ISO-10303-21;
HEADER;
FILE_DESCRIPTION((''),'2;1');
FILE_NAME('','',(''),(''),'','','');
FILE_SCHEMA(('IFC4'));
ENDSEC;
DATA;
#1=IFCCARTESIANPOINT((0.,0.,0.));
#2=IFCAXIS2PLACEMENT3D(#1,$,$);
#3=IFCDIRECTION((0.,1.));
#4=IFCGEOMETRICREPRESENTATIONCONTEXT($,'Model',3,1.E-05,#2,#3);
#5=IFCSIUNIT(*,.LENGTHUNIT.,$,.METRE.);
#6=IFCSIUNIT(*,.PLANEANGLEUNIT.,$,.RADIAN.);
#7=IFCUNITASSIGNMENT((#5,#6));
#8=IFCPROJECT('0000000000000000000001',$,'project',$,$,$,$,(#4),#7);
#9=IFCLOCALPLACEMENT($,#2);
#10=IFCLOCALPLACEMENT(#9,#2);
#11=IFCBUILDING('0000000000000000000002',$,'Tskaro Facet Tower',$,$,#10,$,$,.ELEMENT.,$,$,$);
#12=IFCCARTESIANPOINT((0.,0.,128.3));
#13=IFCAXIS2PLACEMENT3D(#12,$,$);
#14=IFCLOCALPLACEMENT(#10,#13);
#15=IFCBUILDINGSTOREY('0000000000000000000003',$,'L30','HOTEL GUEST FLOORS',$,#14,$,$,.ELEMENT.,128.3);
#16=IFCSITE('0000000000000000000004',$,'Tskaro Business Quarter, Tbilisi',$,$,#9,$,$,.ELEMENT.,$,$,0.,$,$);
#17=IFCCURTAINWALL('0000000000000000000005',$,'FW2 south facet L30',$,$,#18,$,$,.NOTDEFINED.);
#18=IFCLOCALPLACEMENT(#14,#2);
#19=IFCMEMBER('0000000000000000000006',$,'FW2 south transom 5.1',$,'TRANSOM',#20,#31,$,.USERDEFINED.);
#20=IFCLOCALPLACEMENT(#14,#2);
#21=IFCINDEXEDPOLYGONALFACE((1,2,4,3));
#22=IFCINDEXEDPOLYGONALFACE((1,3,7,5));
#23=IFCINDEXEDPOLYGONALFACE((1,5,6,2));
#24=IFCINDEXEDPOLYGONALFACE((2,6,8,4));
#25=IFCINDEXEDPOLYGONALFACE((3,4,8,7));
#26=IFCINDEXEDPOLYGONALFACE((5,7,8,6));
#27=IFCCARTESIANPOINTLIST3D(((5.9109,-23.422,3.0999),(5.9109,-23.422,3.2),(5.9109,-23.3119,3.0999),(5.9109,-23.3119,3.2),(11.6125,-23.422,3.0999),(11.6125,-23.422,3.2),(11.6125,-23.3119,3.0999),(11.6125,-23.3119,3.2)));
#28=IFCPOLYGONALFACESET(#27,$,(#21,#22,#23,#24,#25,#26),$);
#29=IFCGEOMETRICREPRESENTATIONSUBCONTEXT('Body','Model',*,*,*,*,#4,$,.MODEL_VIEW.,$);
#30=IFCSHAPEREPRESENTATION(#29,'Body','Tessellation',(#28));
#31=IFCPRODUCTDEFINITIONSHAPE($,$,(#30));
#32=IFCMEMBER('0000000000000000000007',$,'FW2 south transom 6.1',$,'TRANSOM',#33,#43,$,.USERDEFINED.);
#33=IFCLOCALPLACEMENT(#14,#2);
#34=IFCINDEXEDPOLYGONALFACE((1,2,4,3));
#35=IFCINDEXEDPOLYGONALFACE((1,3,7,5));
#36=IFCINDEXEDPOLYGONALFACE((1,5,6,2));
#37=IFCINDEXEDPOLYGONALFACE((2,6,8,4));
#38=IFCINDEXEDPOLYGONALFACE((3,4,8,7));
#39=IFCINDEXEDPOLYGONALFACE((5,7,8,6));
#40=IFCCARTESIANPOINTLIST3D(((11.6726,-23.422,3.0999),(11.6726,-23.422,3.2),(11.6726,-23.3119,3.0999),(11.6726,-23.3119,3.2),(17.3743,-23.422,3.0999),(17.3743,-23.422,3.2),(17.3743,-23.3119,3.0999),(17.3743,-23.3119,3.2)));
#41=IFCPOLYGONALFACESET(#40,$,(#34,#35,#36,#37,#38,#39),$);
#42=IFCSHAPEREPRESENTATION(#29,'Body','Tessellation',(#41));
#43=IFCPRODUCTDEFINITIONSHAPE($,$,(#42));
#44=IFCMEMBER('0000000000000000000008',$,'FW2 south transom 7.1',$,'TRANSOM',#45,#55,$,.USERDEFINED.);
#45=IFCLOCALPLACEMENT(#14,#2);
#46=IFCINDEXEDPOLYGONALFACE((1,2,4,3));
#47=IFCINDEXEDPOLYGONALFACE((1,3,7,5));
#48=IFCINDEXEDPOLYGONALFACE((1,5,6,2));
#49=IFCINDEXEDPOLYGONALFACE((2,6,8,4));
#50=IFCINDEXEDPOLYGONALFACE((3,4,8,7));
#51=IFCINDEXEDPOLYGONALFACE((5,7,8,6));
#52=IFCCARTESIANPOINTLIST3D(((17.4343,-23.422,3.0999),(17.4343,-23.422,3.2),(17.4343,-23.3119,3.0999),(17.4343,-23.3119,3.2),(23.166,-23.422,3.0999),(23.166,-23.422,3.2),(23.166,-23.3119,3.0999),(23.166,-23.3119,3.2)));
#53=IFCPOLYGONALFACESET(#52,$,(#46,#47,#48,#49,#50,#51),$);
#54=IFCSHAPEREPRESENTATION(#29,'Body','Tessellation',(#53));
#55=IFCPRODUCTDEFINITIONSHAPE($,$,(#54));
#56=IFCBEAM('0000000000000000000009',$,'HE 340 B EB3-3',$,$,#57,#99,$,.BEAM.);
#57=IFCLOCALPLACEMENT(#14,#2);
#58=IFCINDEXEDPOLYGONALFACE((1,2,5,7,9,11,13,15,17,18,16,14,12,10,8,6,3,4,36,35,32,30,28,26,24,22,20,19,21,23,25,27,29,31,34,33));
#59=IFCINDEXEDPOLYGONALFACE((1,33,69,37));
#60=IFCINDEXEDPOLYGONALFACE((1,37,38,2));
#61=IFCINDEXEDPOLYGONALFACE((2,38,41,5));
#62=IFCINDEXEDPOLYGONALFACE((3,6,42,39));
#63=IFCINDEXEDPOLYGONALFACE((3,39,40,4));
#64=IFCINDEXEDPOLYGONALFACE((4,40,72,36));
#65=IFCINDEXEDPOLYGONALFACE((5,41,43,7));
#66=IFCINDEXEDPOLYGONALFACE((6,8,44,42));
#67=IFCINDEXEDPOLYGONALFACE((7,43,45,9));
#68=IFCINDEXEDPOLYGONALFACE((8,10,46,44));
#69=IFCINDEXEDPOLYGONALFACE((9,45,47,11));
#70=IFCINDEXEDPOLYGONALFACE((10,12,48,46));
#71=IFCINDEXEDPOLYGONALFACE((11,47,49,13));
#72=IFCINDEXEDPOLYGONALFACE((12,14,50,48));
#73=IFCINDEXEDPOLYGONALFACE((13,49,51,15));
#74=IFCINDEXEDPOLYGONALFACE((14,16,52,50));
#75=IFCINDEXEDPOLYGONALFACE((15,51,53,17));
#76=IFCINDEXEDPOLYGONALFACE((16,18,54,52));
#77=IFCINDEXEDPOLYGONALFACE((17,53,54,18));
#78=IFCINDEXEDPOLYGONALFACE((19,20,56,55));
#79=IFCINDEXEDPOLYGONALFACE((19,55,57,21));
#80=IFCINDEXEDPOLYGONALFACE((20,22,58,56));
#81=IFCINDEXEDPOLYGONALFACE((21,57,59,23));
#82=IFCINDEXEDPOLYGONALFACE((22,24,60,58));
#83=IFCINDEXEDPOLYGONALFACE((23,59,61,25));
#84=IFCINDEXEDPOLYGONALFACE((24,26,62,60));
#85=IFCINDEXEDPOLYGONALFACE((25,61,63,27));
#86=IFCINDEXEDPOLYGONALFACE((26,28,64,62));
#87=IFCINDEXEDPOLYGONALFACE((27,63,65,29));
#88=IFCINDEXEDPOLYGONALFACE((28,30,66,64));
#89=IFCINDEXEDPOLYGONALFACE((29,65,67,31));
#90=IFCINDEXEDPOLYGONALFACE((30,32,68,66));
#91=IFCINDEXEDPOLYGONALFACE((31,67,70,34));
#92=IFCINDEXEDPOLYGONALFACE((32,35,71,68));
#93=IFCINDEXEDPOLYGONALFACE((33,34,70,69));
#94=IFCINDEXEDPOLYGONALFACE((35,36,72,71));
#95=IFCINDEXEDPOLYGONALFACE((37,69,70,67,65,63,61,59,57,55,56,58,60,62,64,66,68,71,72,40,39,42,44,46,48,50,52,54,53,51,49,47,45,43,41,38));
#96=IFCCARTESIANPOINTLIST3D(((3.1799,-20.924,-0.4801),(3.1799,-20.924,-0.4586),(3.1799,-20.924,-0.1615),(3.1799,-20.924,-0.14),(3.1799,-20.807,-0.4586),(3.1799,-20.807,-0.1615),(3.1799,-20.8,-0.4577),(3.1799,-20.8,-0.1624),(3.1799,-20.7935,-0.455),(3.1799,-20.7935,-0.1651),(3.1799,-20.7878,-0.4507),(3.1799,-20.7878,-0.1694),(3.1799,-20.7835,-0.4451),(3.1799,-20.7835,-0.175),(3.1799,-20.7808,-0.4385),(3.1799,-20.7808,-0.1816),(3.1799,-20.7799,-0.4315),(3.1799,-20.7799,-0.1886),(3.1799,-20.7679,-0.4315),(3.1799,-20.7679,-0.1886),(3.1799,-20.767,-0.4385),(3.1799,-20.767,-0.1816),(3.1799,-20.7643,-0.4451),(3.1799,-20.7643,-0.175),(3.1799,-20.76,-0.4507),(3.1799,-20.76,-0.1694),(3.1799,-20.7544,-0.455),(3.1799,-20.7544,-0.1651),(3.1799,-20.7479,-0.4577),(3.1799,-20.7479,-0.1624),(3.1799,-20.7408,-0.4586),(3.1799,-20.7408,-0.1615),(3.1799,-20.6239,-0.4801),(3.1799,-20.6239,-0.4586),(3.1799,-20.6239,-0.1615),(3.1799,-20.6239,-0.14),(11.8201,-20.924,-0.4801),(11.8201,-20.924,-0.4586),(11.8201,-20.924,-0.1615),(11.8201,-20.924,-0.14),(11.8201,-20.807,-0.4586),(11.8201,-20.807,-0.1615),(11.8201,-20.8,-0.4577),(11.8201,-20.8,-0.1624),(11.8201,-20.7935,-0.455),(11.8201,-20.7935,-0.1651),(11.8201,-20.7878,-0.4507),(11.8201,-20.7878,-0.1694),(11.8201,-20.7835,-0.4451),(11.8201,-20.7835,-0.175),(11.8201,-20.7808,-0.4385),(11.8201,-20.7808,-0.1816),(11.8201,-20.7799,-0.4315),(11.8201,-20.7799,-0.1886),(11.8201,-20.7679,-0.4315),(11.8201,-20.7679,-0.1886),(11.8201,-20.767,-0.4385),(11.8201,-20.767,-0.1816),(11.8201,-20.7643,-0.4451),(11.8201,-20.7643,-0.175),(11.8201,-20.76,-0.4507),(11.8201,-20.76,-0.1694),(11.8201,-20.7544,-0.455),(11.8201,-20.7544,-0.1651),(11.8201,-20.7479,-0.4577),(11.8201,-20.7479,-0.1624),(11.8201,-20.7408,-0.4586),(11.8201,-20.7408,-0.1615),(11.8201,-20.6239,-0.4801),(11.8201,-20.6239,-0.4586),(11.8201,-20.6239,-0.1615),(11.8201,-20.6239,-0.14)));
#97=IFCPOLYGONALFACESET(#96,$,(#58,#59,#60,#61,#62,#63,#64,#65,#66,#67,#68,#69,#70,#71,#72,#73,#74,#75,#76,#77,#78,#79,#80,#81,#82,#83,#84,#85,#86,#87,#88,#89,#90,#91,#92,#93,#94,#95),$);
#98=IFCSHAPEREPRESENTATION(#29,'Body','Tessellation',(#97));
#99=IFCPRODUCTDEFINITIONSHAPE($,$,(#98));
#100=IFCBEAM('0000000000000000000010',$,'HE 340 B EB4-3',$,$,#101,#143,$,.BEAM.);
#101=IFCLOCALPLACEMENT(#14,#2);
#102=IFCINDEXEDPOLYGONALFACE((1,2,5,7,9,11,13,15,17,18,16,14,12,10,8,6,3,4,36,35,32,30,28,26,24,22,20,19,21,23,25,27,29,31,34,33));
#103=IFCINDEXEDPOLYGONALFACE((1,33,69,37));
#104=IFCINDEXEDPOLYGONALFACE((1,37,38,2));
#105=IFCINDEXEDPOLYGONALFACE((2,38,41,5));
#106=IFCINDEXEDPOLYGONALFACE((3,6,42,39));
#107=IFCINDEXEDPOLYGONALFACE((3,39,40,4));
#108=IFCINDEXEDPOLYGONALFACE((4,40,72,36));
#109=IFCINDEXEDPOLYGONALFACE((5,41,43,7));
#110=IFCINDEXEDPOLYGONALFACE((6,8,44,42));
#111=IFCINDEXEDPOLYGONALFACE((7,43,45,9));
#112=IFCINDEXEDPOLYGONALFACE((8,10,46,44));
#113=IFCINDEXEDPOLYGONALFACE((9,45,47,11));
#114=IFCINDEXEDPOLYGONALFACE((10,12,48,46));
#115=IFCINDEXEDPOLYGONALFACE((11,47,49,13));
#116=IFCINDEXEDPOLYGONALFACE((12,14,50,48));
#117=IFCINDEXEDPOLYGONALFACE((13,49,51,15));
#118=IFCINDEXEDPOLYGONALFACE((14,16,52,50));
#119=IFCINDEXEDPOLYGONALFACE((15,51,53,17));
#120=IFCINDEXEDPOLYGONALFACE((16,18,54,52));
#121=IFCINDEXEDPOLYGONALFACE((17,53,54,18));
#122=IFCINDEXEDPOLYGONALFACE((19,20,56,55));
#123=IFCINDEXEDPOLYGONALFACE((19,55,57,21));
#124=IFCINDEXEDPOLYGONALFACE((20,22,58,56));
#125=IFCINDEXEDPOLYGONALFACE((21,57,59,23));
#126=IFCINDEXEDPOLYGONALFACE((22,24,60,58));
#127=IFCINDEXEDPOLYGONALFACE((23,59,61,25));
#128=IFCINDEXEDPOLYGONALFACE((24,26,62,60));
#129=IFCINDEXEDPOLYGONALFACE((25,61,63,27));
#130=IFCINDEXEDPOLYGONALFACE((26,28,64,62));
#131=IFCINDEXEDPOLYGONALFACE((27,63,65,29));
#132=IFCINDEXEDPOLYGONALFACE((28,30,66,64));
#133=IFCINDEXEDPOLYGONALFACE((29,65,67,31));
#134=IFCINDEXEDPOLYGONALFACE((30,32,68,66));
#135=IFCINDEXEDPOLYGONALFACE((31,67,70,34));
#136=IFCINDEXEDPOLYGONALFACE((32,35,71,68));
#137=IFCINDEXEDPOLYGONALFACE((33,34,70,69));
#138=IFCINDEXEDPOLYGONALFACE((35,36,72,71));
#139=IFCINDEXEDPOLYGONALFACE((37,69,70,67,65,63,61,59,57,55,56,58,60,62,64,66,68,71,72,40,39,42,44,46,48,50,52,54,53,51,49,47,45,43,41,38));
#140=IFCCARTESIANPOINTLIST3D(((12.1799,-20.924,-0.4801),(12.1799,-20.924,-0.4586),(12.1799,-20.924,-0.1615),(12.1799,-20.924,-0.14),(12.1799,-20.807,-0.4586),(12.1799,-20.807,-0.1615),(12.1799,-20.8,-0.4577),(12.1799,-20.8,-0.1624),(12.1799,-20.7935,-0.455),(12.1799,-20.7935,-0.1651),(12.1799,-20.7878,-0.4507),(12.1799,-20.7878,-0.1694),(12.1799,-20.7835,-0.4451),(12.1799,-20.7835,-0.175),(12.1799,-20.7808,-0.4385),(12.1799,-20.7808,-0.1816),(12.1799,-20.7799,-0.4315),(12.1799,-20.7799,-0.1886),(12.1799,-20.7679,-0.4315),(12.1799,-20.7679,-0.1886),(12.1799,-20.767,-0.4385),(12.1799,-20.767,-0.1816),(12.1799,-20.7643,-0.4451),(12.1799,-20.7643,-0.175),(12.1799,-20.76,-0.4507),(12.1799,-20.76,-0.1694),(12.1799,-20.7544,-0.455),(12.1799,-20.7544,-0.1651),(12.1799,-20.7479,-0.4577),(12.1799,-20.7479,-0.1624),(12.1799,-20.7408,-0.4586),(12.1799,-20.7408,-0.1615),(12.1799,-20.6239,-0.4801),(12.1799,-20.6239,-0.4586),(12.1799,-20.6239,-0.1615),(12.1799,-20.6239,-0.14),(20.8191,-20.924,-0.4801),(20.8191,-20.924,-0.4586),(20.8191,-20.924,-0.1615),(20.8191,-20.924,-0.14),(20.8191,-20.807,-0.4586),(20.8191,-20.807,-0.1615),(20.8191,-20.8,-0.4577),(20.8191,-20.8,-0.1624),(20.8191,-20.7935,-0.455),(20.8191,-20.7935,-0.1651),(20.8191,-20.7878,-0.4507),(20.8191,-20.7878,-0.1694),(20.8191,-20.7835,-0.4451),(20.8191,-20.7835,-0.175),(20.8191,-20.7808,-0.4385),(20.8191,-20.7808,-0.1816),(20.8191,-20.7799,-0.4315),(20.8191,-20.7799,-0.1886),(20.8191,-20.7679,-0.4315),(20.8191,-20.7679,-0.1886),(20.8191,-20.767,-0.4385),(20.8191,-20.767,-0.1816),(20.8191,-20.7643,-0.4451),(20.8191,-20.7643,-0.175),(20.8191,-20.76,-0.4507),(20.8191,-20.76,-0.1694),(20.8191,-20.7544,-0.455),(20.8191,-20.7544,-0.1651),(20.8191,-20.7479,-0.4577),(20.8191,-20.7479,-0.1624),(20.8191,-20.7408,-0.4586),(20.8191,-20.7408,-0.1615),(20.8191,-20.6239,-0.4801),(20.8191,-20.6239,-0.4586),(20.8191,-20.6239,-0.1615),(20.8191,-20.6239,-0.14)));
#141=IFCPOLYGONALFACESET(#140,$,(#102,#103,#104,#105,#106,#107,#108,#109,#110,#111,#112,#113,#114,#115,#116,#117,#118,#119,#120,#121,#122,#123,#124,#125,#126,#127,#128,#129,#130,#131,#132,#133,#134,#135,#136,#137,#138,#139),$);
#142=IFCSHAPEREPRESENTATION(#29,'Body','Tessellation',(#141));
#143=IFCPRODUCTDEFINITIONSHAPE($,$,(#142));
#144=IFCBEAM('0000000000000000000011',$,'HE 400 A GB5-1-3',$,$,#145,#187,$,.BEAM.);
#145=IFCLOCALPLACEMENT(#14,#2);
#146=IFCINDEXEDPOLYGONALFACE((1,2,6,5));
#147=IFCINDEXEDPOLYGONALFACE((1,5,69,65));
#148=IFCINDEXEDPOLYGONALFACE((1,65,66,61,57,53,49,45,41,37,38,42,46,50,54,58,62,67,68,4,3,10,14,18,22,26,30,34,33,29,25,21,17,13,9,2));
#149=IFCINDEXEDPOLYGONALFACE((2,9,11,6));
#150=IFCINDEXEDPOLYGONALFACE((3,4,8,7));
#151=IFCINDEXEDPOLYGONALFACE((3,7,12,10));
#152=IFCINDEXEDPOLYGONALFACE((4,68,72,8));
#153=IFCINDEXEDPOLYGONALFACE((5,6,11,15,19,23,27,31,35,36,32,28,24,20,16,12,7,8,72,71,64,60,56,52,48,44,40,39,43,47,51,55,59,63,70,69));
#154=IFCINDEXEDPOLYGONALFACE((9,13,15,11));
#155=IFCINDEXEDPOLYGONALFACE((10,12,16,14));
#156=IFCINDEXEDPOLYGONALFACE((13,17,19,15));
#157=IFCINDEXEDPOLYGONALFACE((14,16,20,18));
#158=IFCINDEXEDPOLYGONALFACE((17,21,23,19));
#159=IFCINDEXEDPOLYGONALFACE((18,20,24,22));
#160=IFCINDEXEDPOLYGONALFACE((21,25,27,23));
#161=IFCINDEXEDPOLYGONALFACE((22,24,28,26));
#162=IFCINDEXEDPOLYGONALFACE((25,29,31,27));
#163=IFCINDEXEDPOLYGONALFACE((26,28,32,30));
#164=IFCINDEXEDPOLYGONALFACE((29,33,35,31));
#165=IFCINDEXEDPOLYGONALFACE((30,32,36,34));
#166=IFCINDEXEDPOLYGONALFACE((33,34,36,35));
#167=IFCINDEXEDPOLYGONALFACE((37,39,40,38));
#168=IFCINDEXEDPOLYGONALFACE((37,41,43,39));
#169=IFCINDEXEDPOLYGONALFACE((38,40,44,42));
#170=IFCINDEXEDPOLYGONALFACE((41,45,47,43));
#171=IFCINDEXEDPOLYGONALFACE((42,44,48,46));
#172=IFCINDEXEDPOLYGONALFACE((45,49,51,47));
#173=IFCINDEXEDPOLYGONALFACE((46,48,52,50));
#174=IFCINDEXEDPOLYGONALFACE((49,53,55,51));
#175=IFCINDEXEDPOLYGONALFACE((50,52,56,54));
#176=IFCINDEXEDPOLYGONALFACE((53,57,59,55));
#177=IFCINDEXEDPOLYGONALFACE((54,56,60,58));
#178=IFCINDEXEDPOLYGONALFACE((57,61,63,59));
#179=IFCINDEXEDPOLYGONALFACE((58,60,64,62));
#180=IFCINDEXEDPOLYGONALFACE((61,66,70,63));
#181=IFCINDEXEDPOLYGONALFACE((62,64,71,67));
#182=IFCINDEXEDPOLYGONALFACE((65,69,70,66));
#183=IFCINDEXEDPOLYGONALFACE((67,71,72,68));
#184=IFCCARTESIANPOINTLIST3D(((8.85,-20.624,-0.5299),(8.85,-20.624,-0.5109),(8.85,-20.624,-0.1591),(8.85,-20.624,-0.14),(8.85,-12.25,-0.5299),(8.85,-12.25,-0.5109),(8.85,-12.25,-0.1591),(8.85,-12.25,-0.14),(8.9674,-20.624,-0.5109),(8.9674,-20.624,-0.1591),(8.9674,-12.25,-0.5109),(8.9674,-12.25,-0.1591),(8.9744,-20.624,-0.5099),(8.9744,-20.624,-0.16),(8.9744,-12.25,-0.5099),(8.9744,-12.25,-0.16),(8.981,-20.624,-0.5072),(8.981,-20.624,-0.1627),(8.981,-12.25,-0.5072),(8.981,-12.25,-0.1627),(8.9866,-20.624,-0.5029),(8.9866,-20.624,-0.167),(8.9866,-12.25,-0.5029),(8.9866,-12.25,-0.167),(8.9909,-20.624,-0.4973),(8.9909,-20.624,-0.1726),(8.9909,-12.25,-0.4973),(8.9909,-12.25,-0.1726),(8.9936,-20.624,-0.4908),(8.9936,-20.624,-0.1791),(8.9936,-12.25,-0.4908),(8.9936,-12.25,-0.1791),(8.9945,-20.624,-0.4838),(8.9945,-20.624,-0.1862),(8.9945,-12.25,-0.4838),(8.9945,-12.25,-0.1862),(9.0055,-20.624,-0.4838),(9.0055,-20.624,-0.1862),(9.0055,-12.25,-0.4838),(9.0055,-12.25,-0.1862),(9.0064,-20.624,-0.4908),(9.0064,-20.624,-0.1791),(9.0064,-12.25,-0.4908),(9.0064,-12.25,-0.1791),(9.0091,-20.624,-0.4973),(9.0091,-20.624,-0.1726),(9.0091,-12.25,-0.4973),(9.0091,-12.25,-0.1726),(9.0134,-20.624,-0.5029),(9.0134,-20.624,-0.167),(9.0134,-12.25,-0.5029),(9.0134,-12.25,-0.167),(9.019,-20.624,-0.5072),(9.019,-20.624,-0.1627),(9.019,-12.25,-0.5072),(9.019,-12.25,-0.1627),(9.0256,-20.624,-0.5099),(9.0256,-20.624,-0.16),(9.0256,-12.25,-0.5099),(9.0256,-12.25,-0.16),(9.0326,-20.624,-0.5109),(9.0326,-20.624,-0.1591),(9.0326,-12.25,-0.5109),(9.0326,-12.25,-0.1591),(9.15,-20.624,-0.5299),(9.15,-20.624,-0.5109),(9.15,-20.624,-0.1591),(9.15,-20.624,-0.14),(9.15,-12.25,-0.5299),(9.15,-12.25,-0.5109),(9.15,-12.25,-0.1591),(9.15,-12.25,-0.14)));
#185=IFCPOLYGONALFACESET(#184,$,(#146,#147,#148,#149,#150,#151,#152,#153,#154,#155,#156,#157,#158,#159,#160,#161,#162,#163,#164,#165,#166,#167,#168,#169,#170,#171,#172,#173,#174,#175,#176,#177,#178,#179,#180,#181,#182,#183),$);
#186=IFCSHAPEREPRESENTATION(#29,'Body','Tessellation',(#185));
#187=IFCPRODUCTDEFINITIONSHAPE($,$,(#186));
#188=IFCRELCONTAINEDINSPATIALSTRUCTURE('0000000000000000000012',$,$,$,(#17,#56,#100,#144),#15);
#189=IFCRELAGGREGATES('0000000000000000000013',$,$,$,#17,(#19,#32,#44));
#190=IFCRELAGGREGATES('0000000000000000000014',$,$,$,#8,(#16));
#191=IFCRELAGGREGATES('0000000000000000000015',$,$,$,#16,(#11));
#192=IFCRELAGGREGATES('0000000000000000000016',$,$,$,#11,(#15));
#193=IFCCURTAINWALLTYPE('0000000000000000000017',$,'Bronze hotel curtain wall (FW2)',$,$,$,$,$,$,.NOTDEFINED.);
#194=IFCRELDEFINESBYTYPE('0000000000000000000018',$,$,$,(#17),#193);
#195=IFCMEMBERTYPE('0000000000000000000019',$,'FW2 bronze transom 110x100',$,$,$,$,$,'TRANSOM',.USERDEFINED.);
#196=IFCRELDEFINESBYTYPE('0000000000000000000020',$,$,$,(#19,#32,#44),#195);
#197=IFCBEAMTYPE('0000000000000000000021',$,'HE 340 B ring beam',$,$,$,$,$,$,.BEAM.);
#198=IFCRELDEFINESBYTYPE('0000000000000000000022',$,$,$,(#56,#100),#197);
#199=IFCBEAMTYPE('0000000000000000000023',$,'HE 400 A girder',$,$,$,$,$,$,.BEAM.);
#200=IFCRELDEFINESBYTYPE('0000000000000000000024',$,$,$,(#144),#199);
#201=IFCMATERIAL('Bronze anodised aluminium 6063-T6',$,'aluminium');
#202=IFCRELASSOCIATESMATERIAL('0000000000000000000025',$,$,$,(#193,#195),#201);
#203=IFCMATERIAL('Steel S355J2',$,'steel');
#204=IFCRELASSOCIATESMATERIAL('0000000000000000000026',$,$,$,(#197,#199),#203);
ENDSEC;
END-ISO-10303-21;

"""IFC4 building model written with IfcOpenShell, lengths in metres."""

from ifc_helpers import new_model, si_unit, direction, frame, origin, origin_2d, place, context, subcontext, project, spatial, rectangle, i_section, extrude, material, material_profile, profile_set, type_object, element, aggregate, save


model = new_model("IFC4")

# Units and contexts
model_context = context("Model", 3, precision=1e-05, world=origin(), true_north=direction((0.0, 1.0)))
body_context = subcontext(model_context, "Body", "Model", "MODEL_VIEW")
ifc_project = project(units=[si_unit("LENGTHUNIT", "METRE"), si_unit("PLANEANGLEUNIT", "RADIAN")], contexts=[model_context])

# Site, building, storey
site_placement = place(None, origin())
site = spatial("IfcSite", under=ifc_project, at=site_placement, Name="Tskaro Business Quarter, Tbilisi", CompositionType="ELEMENT", RefElevation=0.0)
building_placement = place(site_placement, origin())
building = spatial("IfcBuilding", under=site, at=building_placement, Name="Tskaro Facet Tower", CompositionType="ELEMENT")
storey_placement = place(building_placement, frame((0.0, 0.0, 128.3)))
storey = spatial("IfcBuildingStorey", under=building, at=storey_placement, Name="L30", Description="HOTEL GUEST FLOORS", CompositionType="ELEMENT", Elevation=128.3)

# Curtain wall, members
ifc_material_1 = material(Name="Bronze anodised aluminium 6063-T6", Category="aluminium")
curtain_wall_type = type_object("IfcCurtainWallType", Name="Bronze hotel curtain wall (FW2)", PredefinedType="NOTDEFINED", material=ifc_material_1)
curtain_wall_placement = place(storey_placement, origin())
curtain_wall = element("IfcCurtainWall", 1, at=curtain_wall_placement, inside=storey, type_object=curtain_wall_type, Name="FW2 south facet L30", PredefinedType="NOTDEFINED")
ifc_material_profile_1 = material_profile(ifc_material_1, rectangle(XDim=0.1101, YDim=0.1001, at=origin_2d()), Name="Transom 110x100")
ifc_profile_set_1 = profile_set([ifc_material_profile_1], Name="Bronze anodised aluminium 6063-T6")
member_type_1 = type_object("IfcMemberType", Name="FW2 bronze transom 110x100", ElementType="TRANSOM", PredefinedType="USERDEFINED", material=ifc_profile_set_1)
member_1_placement = place(storey_placement, frame((5.9109, -23.3669, 3.1499), z_axis=(1.0, 0.0, 0.0), x_axis=(0.0, 1.0, 0.0)))
member_1 = element("IfcMember", 2, at=member_1_placement, type_object=member_type_1, Name="FW2 south transom 5.1", ObjectType="TRANSOM", PredefinedType="USERDEFINED", context=body_context, shape_type="SweptSolid", body=[
    extrude(rectangle(XDim=0.1101, YDim=0.1001, at=origin_2d()), origin(), (0.0, 0.0, 1.0), 5.7017),
])
member_2_placement = place(storey_placement, frame((11.6726, -23.3669, 3.1499), z_axis=(1.0, 0.0, 0.0), x_axis=(0.0, 1.0, 0.0)))
member_2 = element("IfcMember", 3, at=member_2_placement, type_object=member_type_1, Name="FW2 south transom 6.1", ObjectType="TRANSOM", PredefinedType="USERDEFINED", context=body_context, shape_type="SweptSolid", body=[
    extrude(rectangle(XDim=0.1101, YDim=0.1001, at=origin_2d()), origin(), (0.0, 0.0, 1.0), 5.7017),
])
member_3_placement = place(storey_placement, frame((17.4343, -23.3669, 3.1499), z_axis=(1.0, 0.0, 0.0), x_axis=(0.0, 1.0, 0.0)))
member_3 = element("IfcMember", 4, at=member_3_placement, type_object=member_type_1, Name="FW2 south transom 7.1", ObjectType="TRANSOM", PredefinedType="USERDEFINED", context=body_context, shape_type="SweptSolid", body=[
    extrude(rectangle(XDim=0.1101, YDim=0.1001, at=origin_2d()), origin(), (0.0, 0.0, 1.0), 5.7317),
])

# Beams
ifc_material_2 = material(Name="Steel S355J2", Category="steel")
ifc_material_profile_2 = material_profile(ifc_material_2, i_section(OverallWidth=0.3, OverallDepth=0.3401, WebThickness=0.012, FlangeThickness=0.0215, FilletRadius=0.0271, at=origin_2d()), Name="HE 340 B")
ifc_profile_set_2 = profile_set([ifc_material_profile_2], Name="Steel S355J2")
beam_type_1 = type_object("IfcBeamType", Name="HE 340 B ring beam", PredefinedType="BEAM", material=ifc_profile_set_2)
beam_1_placement = place(storey_placement, frame((3.1799, -20.7739, -0.3101), z_axis=(1.0, 0.0, 0.0), x_axis=(0.0, 1.0, 0.0)))
element("IfcBeam", 5, at=beam_1_placement, inside=storey, type_object=beam_type_1, Name="HE 340 B EB3-3", PredefinedType="BEAM", context=body_context, shape_type="SweptSolid", body=[
    extrude(i_section(OverallWidth=0.3, OverallDepth=0.3401, WebThickness=0.012, FlangeThickness=0.0215, FilletRadius=0.0271, at=origin_2d()), origin(), (0.0, 0.0, 1.0), 8.6401),
])
beam_2_placement = place(storey_placement, frame((12.1799, -20.7739, -0.3101), z_axis=(1.0, 0.0, 0.0), x_axis=(0.0, 1.0, 0.0)))
element("IfcBeam", 6, at=beam_2_placement, inside=storey, type_object=beam_type_1, Name="HE 340 B EB4-3", PredefinedType="BEAM", context=body_context, shape_type="SweptSolid", body=[
    extrude(i_section(OverallWidth=0.3, OverallDepth=0.3401, WebThickness=0.012, FlangeThickness=0.0215, FilletRadius=0.0271, at=origin_2d()), origin(), (0.0, 0.0, 1.0), 8.6392),
])
ifc_material_profile_3 = material_profile(ifc_material_2, i_section(OverallWidth=0.3, OverallDepth=0.3899, WebThickness=0.011, FlangeThickness=0.019, FilletRadius=0.0271, at=origin_2d()), Name="HE 400 A")
ifc_profile_set_3 = profile_set([ifc_material_profile_3], Name="Steel S355J2")
beam_type_2 = type_object("IfcBeamType", Name="HE 400 A girder", PredefinedType="BEAM", material=ifc_profile_set_3)
beam_3_placement = place(storey_placement, frame((9.0, -20.624, -0.335), z_axis=(0.0, 1.0, 0.0), x_axis=(-1.0, 0.0, 0.0)))
element("IfcBeam", 7, at=beam_3_placement, inside=storey, type_object=beam_type_2, Name="HE 400 A GB5-1-3", PredefinedType="BEAM", context=body_context, shape_type="SweptSolid", body=[
    extrude(i_section(OverallWidth=0.3, OverallDepth=0.3899, WebThickness=0.011, FlangeThickness=0.019, FilletRadius=0.0271, at=origin_2d()), origin(), (0.0, 0.0, 1.0), 8.374),
])

aggregate(curtain_wall, [member_1, member_2, member_3])

save(model, "model.ifc")
